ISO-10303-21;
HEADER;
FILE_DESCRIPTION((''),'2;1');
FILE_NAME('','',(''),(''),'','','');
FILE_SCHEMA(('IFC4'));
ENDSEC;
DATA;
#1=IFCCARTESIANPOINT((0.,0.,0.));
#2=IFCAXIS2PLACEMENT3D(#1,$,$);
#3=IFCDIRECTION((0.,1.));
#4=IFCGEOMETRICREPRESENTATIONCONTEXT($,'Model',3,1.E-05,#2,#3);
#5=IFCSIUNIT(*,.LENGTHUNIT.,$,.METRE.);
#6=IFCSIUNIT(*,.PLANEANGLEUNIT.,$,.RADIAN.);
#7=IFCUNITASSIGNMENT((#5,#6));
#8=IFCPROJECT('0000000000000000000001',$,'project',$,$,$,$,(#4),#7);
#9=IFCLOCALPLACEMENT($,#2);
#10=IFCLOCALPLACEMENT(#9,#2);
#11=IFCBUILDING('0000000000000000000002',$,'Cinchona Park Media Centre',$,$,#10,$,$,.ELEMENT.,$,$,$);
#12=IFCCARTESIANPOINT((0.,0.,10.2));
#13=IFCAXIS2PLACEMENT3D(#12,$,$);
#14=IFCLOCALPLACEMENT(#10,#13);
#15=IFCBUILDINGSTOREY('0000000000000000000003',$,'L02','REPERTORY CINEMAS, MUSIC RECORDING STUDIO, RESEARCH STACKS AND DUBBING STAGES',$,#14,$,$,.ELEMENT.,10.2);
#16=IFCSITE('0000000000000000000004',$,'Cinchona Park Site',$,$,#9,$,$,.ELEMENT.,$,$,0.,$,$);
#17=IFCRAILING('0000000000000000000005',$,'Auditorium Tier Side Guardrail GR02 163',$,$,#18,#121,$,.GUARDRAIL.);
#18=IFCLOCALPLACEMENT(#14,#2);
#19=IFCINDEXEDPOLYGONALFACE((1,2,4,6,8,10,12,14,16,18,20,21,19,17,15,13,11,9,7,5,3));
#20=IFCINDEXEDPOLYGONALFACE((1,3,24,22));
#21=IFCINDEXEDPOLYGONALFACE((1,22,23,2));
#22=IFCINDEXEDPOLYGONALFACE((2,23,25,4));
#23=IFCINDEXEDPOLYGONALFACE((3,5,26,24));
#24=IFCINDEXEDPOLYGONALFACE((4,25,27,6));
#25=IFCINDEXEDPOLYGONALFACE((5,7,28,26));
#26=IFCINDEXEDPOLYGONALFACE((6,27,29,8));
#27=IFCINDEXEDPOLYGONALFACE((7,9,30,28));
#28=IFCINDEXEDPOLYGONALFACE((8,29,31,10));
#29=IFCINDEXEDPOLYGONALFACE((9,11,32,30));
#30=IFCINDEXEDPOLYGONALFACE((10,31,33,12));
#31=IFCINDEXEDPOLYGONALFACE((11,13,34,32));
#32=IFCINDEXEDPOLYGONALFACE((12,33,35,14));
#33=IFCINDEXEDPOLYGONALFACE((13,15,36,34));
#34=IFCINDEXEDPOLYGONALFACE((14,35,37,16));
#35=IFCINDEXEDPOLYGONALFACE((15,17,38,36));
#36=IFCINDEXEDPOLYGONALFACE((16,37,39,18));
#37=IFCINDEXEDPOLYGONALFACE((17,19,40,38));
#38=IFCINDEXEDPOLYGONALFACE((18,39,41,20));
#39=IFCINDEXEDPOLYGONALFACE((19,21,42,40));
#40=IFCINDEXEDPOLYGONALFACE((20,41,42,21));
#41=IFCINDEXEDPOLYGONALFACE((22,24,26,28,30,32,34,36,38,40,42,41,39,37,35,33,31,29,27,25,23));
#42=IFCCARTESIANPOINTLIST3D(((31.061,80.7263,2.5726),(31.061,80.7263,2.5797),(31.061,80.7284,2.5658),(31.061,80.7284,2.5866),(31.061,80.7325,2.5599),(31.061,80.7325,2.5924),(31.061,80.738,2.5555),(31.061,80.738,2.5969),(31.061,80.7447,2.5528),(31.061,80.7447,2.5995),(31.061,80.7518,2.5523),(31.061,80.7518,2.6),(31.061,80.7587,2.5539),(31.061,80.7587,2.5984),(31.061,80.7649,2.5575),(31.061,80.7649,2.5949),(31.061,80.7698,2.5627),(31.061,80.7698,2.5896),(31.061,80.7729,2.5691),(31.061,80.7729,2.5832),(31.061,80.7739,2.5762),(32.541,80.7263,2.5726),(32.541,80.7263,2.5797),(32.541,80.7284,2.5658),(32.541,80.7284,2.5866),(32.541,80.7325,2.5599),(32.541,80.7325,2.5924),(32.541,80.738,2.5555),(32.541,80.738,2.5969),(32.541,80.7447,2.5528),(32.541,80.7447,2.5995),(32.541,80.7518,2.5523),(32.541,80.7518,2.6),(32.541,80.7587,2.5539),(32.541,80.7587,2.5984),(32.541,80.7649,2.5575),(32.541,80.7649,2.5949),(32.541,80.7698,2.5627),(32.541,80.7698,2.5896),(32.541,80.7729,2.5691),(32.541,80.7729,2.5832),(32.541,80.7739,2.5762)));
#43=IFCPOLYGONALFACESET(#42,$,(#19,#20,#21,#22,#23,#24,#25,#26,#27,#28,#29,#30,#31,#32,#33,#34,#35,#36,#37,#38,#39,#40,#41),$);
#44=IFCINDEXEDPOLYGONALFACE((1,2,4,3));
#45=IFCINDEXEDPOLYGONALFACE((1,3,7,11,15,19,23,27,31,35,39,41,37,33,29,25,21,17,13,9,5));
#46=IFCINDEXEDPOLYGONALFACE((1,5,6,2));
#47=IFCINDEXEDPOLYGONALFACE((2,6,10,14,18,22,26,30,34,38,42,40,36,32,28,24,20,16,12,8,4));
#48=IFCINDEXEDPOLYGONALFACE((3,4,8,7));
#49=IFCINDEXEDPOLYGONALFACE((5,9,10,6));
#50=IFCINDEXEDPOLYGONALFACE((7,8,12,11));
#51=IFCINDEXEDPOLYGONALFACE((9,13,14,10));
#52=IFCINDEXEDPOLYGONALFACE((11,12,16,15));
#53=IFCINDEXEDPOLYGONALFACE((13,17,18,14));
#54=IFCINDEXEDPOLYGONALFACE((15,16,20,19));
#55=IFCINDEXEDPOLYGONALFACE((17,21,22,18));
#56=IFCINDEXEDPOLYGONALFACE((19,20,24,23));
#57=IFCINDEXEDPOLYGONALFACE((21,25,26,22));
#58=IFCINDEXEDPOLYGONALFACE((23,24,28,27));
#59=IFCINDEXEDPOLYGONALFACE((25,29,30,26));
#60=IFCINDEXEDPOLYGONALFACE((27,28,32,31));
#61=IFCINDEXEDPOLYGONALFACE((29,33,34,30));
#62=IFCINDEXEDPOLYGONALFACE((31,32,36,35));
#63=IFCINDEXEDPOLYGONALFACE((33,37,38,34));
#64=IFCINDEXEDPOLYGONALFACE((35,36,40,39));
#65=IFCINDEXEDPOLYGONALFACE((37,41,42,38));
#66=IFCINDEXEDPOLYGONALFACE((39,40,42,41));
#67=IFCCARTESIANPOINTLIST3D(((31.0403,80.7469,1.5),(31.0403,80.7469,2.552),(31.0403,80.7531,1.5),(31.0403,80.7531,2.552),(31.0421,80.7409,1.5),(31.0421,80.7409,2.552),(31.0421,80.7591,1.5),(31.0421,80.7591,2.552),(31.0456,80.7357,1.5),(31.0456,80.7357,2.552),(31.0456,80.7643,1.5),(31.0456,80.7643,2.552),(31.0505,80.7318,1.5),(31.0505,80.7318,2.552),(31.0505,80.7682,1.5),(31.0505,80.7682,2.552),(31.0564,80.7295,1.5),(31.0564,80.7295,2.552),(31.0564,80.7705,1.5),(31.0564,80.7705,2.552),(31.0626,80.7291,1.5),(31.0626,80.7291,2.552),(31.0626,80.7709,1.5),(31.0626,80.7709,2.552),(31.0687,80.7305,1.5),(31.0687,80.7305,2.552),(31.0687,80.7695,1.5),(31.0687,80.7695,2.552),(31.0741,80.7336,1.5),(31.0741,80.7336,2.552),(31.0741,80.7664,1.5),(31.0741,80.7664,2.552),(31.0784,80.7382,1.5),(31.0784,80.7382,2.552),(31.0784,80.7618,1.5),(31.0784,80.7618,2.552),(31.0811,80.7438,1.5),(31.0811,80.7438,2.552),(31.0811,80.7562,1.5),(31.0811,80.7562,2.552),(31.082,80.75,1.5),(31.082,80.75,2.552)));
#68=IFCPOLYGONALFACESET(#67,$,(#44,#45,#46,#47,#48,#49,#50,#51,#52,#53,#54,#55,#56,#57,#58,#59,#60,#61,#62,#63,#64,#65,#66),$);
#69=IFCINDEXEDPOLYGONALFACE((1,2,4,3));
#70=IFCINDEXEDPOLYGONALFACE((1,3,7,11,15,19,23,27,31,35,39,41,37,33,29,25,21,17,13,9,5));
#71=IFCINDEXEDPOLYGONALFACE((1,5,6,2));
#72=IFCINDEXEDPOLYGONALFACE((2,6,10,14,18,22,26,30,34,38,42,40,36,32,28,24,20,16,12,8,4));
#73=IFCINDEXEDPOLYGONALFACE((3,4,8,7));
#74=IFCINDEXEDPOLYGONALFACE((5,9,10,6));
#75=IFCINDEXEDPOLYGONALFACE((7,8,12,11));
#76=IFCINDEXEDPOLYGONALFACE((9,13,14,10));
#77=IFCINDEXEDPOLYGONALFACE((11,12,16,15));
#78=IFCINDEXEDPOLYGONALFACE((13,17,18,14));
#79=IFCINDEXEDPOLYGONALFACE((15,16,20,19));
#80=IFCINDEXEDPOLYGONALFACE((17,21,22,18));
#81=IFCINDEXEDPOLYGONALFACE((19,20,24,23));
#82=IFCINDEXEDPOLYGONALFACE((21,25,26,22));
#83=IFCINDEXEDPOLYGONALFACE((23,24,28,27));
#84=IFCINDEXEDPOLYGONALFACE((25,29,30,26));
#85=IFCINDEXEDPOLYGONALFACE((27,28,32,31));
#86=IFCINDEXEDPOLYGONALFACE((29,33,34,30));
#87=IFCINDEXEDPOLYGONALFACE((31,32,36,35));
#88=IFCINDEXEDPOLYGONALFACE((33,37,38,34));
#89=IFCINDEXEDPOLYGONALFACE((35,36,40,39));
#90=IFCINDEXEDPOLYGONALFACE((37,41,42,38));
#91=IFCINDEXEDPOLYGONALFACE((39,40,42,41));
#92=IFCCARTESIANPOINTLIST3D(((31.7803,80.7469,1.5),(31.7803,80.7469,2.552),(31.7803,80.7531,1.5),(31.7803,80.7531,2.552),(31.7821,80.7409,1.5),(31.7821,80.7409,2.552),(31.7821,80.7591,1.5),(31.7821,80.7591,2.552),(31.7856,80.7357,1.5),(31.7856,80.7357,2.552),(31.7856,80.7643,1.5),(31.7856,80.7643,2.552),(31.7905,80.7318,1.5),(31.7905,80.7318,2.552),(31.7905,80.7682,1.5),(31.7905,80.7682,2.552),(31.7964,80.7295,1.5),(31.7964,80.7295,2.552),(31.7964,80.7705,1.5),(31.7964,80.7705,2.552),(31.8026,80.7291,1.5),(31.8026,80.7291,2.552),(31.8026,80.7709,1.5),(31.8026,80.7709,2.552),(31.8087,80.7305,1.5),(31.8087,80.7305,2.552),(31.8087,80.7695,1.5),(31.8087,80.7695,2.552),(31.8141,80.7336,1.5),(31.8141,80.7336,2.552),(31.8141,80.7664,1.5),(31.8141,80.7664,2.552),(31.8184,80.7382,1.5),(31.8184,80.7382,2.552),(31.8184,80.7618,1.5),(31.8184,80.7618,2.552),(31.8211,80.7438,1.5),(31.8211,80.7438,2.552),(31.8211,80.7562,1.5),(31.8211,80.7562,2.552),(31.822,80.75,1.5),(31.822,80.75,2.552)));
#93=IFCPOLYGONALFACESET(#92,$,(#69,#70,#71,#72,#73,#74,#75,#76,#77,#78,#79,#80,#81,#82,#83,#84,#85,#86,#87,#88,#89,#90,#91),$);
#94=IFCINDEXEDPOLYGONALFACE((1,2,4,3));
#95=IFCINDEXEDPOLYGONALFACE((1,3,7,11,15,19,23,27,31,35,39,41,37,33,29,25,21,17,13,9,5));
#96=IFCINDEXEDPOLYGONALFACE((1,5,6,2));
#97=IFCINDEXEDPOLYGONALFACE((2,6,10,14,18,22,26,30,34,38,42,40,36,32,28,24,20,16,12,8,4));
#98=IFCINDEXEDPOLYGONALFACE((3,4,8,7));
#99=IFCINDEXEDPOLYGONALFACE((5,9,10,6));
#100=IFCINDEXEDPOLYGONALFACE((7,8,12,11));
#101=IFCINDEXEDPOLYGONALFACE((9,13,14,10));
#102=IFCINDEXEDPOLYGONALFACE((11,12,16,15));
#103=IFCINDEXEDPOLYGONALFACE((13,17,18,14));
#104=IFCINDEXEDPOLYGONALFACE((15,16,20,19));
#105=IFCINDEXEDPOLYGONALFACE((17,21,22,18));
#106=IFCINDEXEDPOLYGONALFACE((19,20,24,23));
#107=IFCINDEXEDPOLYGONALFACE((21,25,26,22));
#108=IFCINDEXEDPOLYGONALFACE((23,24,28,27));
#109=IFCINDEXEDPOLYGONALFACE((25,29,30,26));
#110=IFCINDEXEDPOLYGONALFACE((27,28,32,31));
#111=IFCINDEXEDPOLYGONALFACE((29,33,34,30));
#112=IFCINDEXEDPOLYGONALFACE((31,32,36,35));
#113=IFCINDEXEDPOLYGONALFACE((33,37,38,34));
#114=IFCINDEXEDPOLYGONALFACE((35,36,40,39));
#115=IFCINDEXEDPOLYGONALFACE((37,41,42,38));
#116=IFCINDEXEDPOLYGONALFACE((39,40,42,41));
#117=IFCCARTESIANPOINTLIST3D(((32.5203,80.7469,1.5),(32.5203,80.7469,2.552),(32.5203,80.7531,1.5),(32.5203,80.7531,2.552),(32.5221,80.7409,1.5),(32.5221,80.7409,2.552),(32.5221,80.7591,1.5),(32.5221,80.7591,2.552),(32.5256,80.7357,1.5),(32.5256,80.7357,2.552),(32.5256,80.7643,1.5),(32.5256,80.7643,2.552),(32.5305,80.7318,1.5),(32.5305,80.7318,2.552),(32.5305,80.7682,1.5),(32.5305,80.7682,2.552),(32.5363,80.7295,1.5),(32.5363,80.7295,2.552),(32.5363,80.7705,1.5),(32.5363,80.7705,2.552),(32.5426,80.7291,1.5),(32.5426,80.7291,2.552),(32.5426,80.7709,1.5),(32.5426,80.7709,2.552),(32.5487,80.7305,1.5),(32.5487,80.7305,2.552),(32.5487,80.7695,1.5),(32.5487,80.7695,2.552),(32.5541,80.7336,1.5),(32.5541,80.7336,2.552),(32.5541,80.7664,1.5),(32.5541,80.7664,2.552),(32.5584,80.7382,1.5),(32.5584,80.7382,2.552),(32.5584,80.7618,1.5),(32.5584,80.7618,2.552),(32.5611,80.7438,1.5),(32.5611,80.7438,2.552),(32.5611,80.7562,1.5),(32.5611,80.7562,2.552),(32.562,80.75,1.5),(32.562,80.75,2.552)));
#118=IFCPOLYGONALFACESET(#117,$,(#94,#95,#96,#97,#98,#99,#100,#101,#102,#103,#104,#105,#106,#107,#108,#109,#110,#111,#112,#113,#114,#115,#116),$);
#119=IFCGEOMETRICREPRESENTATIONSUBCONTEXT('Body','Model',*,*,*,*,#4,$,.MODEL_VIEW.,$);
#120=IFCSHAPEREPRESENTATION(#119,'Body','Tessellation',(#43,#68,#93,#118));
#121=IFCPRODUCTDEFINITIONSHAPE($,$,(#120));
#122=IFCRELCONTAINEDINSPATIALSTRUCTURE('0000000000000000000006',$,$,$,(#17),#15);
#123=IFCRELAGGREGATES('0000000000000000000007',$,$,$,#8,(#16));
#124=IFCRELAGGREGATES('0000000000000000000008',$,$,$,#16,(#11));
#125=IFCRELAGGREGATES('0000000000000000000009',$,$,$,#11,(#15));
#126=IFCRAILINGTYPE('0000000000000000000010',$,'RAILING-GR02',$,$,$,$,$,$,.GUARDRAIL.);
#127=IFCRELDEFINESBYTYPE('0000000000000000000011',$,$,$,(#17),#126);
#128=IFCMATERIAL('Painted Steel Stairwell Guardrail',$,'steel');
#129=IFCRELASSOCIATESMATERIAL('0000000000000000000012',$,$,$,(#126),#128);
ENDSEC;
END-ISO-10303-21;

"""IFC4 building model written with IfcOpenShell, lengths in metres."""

from ifc_helpers import new_model, si_unit, direction, frame, origin, origin_2d, place, context, subcontext, project, spatial, circle, extrude, material, type_object, element, save


model = new_model("IFC4")

# Units and contexts
model_context = context("Model", 3, precision=1e-05, world=origin(), true_north=direction((0.0, 1.0)))
body_context = subcontext(model_context, "Body", "Model", "MODEL_VIEW")
ifc_project = project(units=[si_unit("LENGTHUNIT", "METRE"), si_unit("PLANEANGLEUNIT", "RADIAN")], contexts=[model_context])

# Site, building, storey
site_placement = place(None, origin())
site = spatial("IfcSite", under=ifc_project, at=site_placement, Name="Cinchona Park Site", CompositionType="ELEMENT", RefElevation=0.0)
building_placement = place(site_placement, origin())
building = spatial("IfcBuilding", under=site, at=building_placement, Name="Cinchona Park Media Centre", CompositionType="ELEMENT")
storey_placement = place(building_placement, frame((0.0, 0.0, 10.2)))
storey = spatial("IfcBuildingStorey", under=building, at=storey_placement, Name="L02", Description="REPERTORY CINEMAS, MUSIC RECORDING STUDIO, RESEARCH STACKS AND DUBBING STAGES", CompositionType="ELEMENT", Elevation=10.2)

# Railing
ifc_material_1 = material(Name="Painted Steel Stairwell Guardrail", Category="steel")
railing_type = type_object("IfcRailingType", Name="RAILING-GR02", PredefinedType="GUARDRAIL", material=ifc_material_1)
railing_1_placement = place(storey_placement, frame((31.061, 80.75, 1.5)))
element("IfcRailing", 1, at=railing_1_placement, inside=storey, type_object=railing_type, Name="Auditorium Tier Side Guardrail GR02 163", PredefinedType="GUARDRAIL", context=body_context, shape_type="SweptSolid", body=[
    extrude(circle(Radius=0.0239, at=origin_2d()), frame((0.0, 0.0, 1.0762), z_axis=(1.0, 0.0, 0.0), x_axis=(0.0, 1.0, 0.0)), (0.0, 0.0, 1.0), 1.48),
    extrude(circle(Radius=0.021, at=origin_2d()), origin(), (0.0, 0.0, 1.0), 1.052),
    extrude(circle(Radius=0.021, at=origin_2d()), frame((0.74, 0.0, 0.0)), (0.0, 0.0, 1.0), 1.052),
    extrude(circle(Radius=0.021, at=origin_2d()), frame((1.48, 0.0, 0.0)), (0.0, 0.0, 1.0), 1.052),
])

save(model, "model.ifc")
